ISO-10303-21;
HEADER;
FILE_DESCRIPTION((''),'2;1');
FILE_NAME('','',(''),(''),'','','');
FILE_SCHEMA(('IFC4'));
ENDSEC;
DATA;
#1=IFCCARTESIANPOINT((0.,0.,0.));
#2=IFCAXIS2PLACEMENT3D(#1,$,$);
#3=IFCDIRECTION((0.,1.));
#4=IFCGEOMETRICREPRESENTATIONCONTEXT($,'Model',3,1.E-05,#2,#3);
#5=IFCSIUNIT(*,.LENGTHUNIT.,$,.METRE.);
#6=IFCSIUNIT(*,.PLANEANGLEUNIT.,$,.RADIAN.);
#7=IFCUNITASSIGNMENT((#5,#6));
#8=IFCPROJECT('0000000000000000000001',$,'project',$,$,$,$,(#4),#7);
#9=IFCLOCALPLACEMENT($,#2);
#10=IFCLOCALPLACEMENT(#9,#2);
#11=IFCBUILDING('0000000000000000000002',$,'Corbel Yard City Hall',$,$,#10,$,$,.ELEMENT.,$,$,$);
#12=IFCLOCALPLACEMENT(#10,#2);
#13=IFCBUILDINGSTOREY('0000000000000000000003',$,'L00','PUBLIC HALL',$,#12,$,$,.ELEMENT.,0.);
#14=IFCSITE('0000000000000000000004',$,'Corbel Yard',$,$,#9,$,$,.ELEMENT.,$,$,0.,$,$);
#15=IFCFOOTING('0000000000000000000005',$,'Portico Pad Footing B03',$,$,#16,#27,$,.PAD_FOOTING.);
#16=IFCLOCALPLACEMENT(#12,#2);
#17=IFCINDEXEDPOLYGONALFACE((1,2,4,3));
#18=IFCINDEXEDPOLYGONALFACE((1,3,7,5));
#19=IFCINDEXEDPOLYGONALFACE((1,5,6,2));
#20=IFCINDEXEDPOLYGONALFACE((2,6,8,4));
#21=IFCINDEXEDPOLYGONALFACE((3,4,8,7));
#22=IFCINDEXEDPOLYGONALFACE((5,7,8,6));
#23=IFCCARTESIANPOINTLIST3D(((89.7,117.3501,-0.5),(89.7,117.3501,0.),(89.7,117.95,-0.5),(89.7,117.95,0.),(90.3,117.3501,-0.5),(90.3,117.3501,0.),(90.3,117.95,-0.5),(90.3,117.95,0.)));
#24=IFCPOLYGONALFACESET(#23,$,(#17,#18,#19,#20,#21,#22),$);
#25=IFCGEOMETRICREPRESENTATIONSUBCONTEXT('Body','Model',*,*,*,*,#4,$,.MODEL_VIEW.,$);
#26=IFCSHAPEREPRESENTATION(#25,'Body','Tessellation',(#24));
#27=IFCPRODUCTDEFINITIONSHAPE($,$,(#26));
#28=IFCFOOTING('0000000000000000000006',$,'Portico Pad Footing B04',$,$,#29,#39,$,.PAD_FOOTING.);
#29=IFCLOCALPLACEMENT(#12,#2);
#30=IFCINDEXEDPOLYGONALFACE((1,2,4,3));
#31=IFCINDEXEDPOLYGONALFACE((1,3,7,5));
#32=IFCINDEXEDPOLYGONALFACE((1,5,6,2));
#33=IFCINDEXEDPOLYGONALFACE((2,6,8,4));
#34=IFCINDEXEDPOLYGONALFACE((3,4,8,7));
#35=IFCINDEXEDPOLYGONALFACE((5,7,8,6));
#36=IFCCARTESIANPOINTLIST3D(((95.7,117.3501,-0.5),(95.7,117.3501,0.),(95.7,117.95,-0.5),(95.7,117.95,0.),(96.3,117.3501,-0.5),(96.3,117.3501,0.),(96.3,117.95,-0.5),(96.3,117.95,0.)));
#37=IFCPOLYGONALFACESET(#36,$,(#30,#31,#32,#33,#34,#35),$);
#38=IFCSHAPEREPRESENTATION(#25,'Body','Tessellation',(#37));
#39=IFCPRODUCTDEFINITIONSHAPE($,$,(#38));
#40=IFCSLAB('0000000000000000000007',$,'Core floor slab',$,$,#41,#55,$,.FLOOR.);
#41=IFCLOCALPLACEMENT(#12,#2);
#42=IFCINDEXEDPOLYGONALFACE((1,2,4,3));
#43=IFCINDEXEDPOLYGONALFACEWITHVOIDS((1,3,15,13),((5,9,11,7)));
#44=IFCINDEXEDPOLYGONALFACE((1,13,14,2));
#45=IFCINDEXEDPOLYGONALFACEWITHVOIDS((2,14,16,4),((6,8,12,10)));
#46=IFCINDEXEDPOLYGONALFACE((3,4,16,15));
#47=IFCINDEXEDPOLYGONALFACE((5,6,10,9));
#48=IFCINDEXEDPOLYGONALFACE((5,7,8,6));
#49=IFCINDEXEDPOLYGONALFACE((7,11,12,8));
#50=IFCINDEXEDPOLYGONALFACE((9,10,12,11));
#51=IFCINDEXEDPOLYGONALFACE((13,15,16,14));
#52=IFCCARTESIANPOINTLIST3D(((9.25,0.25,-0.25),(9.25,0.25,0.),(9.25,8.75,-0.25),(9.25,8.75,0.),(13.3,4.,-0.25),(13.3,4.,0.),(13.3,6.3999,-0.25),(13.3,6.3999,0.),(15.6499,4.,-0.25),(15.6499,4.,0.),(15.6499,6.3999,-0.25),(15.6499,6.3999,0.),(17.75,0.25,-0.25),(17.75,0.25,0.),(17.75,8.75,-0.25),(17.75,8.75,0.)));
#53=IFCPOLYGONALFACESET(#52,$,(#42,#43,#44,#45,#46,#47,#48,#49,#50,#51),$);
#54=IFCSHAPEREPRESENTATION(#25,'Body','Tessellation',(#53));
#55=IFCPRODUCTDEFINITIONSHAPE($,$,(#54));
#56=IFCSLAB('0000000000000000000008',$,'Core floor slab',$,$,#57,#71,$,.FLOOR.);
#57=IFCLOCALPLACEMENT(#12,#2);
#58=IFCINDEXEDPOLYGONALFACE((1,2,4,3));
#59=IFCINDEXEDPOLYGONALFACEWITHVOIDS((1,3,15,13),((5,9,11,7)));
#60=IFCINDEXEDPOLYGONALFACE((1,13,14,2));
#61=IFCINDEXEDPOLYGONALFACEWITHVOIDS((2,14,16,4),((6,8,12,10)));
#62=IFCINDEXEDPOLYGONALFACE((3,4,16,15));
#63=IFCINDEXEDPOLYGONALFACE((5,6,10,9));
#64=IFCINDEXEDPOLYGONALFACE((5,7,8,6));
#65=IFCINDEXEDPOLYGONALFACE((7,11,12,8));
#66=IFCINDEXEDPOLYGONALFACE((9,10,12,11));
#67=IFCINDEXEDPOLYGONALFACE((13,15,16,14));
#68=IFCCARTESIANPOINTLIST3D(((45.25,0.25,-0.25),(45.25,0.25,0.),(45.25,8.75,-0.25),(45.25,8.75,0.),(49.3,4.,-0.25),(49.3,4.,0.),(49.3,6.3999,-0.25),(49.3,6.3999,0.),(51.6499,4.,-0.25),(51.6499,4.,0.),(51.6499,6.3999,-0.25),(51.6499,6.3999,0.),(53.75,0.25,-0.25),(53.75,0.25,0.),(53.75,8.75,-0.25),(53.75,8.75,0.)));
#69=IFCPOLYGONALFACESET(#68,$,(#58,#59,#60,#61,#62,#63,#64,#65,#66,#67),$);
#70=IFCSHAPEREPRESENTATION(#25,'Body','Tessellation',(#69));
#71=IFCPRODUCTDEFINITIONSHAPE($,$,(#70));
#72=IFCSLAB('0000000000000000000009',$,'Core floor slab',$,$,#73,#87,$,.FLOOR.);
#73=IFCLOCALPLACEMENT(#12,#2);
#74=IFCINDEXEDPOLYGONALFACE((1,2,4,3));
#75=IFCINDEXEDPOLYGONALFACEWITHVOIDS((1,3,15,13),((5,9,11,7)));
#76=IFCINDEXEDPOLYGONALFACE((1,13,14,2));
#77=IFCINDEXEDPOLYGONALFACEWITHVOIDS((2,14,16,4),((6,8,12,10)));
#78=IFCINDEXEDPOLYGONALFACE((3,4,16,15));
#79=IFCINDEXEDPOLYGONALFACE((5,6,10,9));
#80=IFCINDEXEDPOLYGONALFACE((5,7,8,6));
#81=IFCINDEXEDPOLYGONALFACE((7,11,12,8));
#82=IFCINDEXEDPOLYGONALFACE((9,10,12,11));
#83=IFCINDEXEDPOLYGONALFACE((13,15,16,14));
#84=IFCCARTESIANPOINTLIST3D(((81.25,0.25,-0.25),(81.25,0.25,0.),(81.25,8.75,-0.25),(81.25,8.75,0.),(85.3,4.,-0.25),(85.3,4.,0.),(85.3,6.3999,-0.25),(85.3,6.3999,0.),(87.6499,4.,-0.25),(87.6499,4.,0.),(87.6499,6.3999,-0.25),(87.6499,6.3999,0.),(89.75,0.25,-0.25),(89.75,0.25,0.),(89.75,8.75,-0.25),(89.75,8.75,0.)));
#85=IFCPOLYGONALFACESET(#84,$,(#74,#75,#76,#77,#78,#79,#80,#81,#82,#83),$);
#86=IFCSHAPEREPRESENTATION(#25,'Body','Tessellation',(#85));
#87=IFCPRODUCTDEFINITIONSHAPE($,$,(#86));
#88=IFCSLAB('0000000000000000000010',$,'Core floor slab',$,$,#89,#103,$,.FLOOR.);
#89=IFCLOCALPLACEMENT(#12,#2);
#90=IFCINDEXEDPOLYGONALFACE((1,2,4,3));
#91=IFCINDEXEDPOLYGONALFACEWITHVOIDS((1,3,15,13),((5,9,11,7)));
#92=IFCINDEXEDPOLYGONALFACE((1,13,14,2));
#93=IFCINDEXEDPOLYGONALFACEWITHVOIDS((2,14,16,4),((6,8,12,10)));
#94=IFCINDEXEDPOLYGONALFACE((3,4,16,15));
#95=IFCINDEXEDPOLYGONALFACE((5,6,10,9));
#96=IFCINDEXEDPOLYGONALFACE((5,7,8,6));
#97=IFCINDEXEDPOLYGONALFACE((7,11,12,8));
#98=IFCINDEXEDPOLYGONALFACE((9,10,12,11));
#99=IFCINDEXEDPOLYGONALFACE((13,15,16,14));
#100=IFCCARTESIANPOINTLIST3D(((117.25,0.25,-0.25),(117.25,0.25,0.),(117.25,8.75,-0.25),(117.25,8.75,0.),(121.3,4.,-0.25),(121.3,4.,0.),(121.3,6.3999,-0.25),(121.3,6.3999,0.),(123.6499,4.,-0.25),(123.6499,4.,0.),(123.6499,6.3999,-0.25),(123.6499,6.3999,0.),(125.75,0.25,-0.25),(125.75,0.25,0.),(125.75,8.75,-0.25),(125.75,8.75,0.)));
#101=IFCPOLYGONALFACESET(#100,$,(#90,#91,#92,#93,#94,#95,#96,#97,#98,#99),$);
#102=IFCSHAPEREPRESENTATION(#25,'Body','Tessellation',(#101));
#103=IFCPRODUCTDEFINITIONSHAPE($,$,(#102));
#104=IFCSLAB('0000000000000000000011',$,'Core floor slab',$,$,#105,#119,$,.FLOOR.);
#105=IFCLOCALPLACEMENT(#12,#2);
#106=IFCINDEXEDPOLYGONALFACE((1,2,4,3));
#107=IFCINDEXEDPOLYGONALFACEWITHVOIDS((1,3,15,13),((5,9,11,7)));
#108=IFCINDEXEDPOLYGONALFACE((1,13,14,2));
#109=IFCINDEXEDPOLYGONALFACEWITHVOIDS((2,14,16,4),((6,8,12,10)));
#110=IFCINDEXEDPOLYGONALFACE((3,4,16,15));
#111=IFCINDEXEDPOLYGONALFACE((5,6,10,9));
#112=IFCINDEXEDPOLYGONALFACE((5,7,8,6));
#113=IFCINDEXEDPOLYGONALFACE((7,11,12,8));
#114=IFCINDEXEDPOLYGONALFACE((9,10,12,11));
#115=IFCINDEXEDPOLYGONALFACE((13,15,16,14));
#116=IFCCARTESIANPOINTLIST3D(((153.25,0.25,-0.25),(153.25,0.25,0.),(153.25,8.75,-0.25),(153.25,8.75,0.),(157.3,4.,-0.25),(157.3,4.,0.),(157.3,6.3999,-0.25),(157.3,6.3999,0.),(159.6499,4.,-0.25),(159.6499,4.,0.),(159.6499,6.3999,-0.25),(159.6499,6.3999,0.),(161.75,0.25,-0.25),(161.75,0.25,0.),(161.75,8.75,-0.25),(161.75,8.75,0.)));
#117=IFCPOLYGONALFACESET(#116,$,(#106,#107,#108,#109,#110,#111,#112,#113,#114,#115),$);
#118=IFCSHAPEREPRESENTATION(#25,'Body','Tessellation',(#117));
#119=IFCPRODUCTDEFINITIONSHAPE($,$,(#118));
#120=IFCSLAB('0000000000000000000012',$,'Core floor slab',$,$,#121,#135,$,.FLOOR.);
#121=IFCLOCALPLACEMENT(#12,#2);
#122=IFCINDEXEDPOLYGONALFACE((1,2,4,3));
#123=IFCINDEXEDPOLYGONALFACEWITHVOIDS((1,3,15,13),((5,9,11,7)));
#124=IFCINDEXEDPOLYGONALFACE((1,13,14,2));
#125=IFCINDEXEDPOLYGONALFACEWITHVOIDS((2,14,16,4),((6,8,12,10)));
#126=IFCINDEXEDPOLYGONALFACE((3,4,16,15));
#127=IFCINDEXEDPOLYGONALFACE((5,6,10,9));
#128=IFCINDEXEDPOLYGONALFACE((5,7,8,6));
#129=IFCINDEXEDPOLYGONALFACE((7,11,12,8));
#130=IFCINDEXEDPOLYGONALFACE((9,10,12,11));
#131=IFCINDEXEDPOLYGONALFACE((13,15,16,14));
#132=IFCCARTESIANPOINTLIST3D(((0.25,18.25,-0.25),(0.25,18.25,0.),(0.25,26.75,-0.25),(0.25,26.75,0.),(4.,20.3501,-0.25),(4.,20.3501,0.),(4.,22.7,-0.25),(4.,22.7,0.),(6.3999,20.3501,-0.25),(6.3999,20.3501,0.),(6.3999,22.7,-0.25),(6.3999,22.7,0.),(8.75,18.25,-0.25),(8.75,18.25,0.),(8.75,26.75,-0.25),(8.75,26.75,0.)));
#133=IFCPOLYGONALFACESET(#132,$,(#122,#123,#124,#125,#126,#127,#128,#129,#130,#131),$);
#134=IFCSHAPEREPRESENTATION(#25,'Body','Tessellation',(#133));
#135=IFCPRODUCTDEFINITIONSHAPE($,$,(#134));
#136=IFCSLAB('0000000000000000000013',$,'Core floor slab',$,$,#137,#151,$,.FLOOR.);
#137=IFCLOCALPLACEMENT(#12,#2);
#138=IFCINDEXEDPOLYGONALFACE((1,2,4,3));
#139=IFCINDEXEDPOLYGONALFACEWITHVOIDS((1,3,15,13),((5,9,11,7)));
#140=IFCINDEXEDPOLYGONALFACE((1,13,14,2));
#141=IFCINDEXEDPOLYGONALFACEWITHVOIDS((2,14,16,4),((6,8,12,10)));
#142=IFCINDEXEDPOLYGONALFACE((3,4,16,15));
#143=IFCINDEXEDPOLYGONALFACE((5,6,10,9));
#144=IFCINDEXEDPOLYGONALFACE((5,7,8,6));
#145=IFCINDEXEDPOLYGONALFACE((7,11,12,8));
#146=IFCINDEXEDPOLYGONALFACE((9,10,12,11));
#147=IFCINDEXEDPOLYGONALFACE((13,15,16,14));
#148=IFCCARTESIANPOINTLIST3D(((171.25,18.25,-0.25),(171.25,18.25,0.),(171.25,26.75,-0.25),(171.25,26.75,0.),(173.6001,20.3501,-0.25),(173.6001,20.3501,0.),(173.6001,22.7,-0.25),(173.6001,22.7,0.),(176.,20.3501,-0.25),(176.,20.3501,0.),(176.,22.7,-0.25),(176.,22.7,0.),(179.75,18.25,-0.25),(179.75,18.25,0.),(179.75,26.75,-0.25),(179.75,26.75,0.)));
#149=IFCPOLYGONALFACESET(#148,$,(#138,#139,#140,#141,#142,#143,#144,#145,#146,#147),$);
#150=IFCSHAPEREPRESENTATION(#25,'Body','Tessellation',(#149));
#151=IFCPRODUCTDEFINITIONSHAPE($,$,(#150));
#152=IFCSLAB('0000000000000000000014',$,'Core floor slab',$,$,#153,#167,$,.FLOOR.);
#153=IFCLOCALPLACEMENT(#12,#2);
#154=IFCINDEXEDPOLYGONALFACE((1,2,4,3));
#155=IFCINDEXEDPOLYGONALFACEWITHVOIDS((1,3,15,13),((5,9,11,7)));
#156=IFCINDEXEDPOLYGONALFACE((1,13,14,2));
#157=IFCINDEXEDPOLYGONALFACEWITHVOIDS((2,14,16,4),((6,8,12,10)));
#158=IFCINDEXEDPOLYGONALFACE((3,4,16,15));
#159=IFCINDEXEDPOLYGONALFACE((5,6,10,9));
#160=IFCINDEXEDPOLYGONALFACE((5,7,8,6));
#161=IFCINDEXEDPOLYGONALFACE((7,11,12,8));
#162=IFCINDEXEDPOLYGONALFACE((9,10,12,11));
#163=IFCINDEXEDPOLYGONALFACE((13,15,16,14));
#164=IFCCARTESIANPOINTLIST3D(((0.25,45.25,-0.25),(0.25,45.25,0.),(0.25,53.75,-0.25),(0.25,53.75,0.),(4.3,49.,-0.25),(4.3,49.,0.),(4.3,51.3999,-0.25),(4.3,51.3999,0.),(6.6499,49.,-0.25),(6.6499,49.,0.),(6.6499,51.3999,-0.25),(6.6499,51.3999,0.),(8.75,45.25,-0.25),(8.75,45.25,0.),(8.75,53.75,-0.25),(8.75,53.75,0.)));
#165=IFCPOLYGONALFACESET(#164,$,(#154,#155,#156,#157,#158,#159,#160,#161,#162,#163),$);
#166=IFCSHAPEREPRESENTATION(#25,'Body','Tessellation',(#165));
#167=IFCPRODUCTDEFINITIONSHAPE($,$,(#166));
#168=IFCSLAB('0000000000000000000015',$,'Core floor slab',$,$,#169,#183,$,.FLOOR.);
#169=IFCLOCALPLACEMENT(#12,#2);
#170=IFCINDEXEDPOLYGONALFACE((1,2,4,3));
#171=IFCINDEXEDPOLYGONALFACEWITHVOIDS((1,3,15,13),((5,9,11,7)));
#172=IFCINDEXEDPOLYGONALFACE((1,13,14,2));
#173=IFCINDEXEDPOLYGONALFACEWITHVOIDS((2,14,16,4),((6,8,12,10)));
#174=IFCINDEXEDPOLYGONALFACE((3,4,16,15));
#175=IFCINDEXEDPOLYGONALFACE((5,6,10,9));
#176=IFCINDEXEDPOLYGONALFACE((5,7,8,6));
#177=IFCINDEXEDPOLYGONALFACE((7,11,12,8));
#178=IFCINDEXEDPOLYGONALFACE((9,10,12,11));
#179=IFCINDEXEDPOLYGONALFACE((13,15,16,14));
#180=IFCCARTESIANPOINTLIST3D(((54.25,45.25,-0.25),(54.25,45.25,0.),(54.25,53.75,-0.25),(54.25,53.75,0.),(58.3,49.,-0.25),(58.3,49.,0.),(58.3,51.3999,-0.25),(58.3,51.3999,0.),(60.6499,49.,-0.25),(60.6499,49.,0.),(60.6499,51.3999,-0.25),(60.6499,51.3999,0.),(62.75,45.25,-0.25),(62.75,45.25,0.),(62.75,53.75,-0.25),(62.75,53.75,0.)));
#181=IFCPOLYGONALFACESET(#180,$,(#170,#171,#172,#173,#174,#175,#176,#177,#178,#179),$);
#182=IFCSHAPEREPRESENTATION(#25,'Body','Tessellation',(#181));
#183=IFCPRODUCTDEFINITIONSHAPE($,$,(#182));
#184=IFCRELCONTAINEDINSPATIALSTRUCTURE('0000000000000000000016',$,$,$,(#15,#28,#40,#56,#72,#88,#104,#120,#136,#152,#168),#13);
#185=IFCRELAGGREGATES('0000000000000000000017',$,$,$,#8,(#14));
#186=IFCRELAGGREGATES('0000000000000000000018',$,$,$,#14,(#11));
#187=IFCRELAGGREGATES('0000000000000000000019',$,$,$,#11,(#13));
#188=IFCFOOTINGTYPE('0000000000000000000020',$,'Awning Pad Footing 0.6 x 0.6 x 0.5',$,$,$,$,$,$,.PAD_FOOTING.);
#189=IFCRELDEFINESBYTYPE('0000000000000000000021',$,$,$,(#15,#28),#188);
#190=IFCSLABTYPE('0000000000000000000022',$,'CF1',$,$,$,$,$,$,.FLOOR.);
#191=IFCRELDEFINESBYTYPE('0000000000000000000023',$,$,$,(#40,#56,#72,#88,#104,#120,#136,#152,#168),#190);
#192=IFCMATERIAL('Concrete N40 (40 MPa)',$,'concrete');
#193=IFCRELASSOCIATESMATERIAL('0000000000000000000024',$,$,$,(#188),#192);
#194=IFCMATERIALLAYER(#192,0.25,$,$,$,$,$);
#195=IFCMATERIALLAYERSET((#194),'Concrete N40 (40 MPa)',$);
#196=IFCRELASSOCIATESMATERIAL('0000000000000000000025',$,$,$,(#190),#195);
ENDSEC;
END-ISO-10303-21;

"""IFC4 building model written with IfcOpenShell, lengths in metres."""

from ifc_helpers import new_model, si_unit, direction, frame, origin, place, context, subcontext, project, spatial, polyline, outline, extrude, material, layer, layer_set, type_object, element, save


model = new_model("IFC4")

# Units and contexts
model_context = context("Model", 3, precision=1e-05, world=origin(), true_north=direction((0.0, 1.0)))
body_context = subcontext(model_context, "Body", "Model", "MODEL_VIEW")
ifc_project = project(units=[si_unit("LENGTHUNIT", "METRE"), si_unit("PLANEANGLEUNIT", "RADIAN")], contexts=[model_context])

# Site, building, storey
site_placement = place(None, origin())
site = spatial("IfcSite", under=ifc_project, at=site_placement, Name="Corbel Yard", CompositionType="ELEMENT", RefElevation=0.0)
building_placement = place(site_placement, origin())
building = spatial("IfcBuilding", under=site, at=building_placement, Name="Corbel Yard City Hall", CompositionType="ELEMENT")
storey_placement = place(building_placement, origin())
storey = spatial("IfcBuildingStorey", under=building, at=storey_placement, Name="L00", Description="PUBLIC HALL", CompositionType="ELEMENT", Elevation=0.0)

# Footings
ifc_material = material(Name="Concrete N40 (40 MPa)", Category="concrete")
footing_type = type_object("IfcFootingType", Name="Awning Pad Footing 0.6 x 0.6 x 0.5", PredefinedType="PAD_FOOTING", material=ifc_material)
footing_1_placement = place(storey_placement, frame((0.0, 0.0, -0.5)))
element("IfcFooting", 1, at=footing_1_placement, inside=storey, type_object=footing_type, Name="Portico Pad Footing B03", PredefinedType="PAD_FOOTING", context=body_context, shape_type="SweptSolid", body=[
    extrude(outline(polyline([(89.7, 117.3501), (90.3, 117.3501), (90.3, 117.95), (89.7, 117.95), (89.7, 117.3501)])), origin(), (0.0, 0.0, 1.0), 0.5),
])
footing_2_placement = place(storey_placement, frame((0.0, 0.0, -0.5)))
element("IfcFooting", 2, at=footing_2_placement, inside=storey, type_object=footing_type, Name="Portico Pad Footing B04", PredefinedType="PAD_FOOTING", context=body_context, shape_type="SweptSolid", body=[
    extrude(outline(polyline([(95.7, 117.3501), (96.3, 117.3501), (96.3, 117.95), (95.7, 117.95), (95.7, 117.3501)])), origin(), (0.0, 0.0, 1.0), 0.5),
])

# Slabs
ifc_layer_1 = layer(ifc_material, 0.25)
ifc_layer_set_1 = layer_set([ifc_layer_1], Name="Concrete N40 (40 MPa)")
slab_type_1 = type_object("IfcSlabType", Name="CF1", PredefinedType="FLOOR", material=ifc_layer_set_1)
slab_1_placement = place(storey_placement, frame((0.0, 0.0, -0.25)))
element("IfcSlab", 3, at=slab_1_placement, inside=storey, type_object=slab_type_1, Name="Core floor slab", PredefinedType="FLOOR", context=body_context, shape_type="SweptSolid", body=[
    extrude(outline(polyline([(9.25, 0.25), (17.75, 0.25), (17.75, 8.75), (9.25, 8.75), (9.25, 0.25)]), holes=[polyline([(15.6499, 6.3999), (13.3, 6.3999), (13.3, 4.0), (15.6499, 4.0), (15.6499, 6.3999)])]), origin(), (0.0, 0.0, 1.0), 0.25),
])
slab_2_placement = place(storey_placement, frame((0.0, 0.0, -0.25)))
element("IfcSlab", 4, at=slab_2_placement, inside=storey, type_object=slab_type_1, Name="Core floor slab", PredefinedType="FLOOR", context=body_context, shape_type="SweptSolid", body=[
    extrude(outline(polyline([(45.25, 0.25), (53.75, 0.25), (53.75, 8.75), (45.25, 8.75), (45.25, 0.25)]), holes=[polyline([(51.6499, 6.3999), (49.3, 6.3999), (49.3, 4.0), (51.6499, 4.0), (51.6499, 6.3999)])]), origin(), (0.0, 0.0, 1.0), 0.25),
])
slab_3_placement = place(storey_placement, frame((0.0, 0.0, -0.25)))
element("IfcSlab", 5, at=slab_3_placement, inside=storey, type_object=slab_type_1, Name="Core floor slab", PredefinedType="FLOOR", context=body_context, shape_type="SweptSolid", body=[
    extrude(outline(polyline([(81.25, 0.25), (89.75, 0.25), (89.75, 8.75), (81.25, 8.75), (81.25, 0.25)]), holes=[polyline([(87.6499, 6.3999), (85.3, 6.3999), (85.3, 4.0), (87.6499, 4.0), (87.6499, 6.3999)])]), origin(), (0.0, 0.0, 1.0), 0.25),
])
slab_4_placement = place(storey_placement, frame((0.0, 0.0, -0.25)))
element("IfcSlab", 6, at=slab_4_placement, inside=storey, type_object=slab_type_1, Name="Core floor slab", PredefinedType="FLOOR", context=body_context, shape_type="SweptSolid", body=[
    extrude(outline(polyline([(117.25, 0.25), (125.75, 0.25), (125.75, 8.75), (117.25, 8.75), (117.25, 0.25)]), holes=[polyline([(123.6499, 6.3999), (121.3, 6.3999), (121.3, 4.0), (123.6499, 4.0), (123.6499, 6.3999)])]), origin(), (0.0, 0.0, 1.0), 0.25),
])
slab_5_placement = place(storey_placement, frame((0.0, 0.0, -0.25)))
element("IfcSlab", 7, at=slab_5_placement, inside=storey, type_object=slab_type_1, Name="Core floor slab", PredefinedType="FLOOR", context=body_context, shape_type="SweptSolid", body=[
    extrude(outline(polyline([(153.25, 0.25), (161.75, 0.25), (161.75, 8.75), (153.25, 8.75), (153.25, 0.25)]), holes=[polyline([(159.6499, 6.3999), (157.3, 6.3999), (157.3, 4.0), (159.6499, 4.0), (159.6499, 6.3999)])]), origin(), (0.0, 0.0, 1.0), 0.25),
])
slab_6_placement = place(storey_placement, frame((0.0, 0.0, -0.25)))
element("IfcSlab", 8, at=slab_6_placement, inside=storey, type_object=slab_type_1, Name="Core floor slab", PredefinedType="FLOOR", context=body_context, shape_type="SweptSolid", body=[
    extrude(outline(polyline([(0.25, 18.25), (8.75, 18.25), (8.75, 26.75), (0.25, 26.75), (0.25, 18.25)]), holes=[polyline([(6.3999, 22.7), (4.0, 22.7), (4.0, 20.3501), (6.3999, 20.3501), (6.3999, 22.7)])]), origin(), (0.0, 0.0, 1.0), 0.25),
])
slab_7_placement = place(storey_placement, frame((0.0, 0.0, -0.25)))
element("IfcSlab", 9, at=slab_7_placement, inside=storey, type_object=slab_type_1, Name="Core floor slab", PredefinedType="FLOOR", context=body_context, shape_type="SweptSolid", body=[
    extrude(outline(polyline([(171.25, 18.25), (179.75, 18.25), (179.75, 26.75), (171.25, 26.75), (171.25, 18.25)]), holes=[polyline([(176.0, 22.7), (173.6001, 22.7), (173.6001, 20.3501), (176.0, 20.3501), (176.0, 22.7)])]), origin(), (0.0, 0.0, 1.0), 0.25),
])
slab_8_placement = place(storey_placement, frame((0.0, 0.0, -0.25)))
element("IfcSlab", 10, at=slab_8_placement, inside=storey, type_object=slab_type_1, Name="Core floor slab", PredefinedType="FLOOR", context=body_context, shape_type="SweptSolid", body=[
    extrude(outline(polyline([(0.25, 45.25), (8.75, 45.25), (8.75, 53.75), (0.25, 53.75), (0.25, 45.25)]), holes=[polyline([(6.6499, 51.3999), (4.3, 51.3999), (4.3, 49.0), (6.6499, 49.0), (6.6499, 51.3999)])]), origin(), (0.0, 0.0, 1.0), 0.25),
])
slab_9_placement = place(storey_placement, frame((0.0, 0.0, -0.25)))
element("IfcSlab", 11, at=slab_9_placement, inside=storey, type_object=slab_type_1, Name="Core floor slab", PredefinedType="FLOOR", context=body_context, shape_type="SweptSolid", body=[
    extrude(outline(polyline([(54.25, 45.25), (62.75, 45.25), (62.75, 53.75), (54.25, 53.75), (54.25, 45.25)]), holes=[polyline([(60.6499, 51.3999), (58.3, 51.3999), (58.3, 49.0), (60.6499, 49.0), (60.6499, 51.3999)])]), origin(), (0.0, 0.0, 1.0), 0.25),
])

save(model, "model.ifc")
